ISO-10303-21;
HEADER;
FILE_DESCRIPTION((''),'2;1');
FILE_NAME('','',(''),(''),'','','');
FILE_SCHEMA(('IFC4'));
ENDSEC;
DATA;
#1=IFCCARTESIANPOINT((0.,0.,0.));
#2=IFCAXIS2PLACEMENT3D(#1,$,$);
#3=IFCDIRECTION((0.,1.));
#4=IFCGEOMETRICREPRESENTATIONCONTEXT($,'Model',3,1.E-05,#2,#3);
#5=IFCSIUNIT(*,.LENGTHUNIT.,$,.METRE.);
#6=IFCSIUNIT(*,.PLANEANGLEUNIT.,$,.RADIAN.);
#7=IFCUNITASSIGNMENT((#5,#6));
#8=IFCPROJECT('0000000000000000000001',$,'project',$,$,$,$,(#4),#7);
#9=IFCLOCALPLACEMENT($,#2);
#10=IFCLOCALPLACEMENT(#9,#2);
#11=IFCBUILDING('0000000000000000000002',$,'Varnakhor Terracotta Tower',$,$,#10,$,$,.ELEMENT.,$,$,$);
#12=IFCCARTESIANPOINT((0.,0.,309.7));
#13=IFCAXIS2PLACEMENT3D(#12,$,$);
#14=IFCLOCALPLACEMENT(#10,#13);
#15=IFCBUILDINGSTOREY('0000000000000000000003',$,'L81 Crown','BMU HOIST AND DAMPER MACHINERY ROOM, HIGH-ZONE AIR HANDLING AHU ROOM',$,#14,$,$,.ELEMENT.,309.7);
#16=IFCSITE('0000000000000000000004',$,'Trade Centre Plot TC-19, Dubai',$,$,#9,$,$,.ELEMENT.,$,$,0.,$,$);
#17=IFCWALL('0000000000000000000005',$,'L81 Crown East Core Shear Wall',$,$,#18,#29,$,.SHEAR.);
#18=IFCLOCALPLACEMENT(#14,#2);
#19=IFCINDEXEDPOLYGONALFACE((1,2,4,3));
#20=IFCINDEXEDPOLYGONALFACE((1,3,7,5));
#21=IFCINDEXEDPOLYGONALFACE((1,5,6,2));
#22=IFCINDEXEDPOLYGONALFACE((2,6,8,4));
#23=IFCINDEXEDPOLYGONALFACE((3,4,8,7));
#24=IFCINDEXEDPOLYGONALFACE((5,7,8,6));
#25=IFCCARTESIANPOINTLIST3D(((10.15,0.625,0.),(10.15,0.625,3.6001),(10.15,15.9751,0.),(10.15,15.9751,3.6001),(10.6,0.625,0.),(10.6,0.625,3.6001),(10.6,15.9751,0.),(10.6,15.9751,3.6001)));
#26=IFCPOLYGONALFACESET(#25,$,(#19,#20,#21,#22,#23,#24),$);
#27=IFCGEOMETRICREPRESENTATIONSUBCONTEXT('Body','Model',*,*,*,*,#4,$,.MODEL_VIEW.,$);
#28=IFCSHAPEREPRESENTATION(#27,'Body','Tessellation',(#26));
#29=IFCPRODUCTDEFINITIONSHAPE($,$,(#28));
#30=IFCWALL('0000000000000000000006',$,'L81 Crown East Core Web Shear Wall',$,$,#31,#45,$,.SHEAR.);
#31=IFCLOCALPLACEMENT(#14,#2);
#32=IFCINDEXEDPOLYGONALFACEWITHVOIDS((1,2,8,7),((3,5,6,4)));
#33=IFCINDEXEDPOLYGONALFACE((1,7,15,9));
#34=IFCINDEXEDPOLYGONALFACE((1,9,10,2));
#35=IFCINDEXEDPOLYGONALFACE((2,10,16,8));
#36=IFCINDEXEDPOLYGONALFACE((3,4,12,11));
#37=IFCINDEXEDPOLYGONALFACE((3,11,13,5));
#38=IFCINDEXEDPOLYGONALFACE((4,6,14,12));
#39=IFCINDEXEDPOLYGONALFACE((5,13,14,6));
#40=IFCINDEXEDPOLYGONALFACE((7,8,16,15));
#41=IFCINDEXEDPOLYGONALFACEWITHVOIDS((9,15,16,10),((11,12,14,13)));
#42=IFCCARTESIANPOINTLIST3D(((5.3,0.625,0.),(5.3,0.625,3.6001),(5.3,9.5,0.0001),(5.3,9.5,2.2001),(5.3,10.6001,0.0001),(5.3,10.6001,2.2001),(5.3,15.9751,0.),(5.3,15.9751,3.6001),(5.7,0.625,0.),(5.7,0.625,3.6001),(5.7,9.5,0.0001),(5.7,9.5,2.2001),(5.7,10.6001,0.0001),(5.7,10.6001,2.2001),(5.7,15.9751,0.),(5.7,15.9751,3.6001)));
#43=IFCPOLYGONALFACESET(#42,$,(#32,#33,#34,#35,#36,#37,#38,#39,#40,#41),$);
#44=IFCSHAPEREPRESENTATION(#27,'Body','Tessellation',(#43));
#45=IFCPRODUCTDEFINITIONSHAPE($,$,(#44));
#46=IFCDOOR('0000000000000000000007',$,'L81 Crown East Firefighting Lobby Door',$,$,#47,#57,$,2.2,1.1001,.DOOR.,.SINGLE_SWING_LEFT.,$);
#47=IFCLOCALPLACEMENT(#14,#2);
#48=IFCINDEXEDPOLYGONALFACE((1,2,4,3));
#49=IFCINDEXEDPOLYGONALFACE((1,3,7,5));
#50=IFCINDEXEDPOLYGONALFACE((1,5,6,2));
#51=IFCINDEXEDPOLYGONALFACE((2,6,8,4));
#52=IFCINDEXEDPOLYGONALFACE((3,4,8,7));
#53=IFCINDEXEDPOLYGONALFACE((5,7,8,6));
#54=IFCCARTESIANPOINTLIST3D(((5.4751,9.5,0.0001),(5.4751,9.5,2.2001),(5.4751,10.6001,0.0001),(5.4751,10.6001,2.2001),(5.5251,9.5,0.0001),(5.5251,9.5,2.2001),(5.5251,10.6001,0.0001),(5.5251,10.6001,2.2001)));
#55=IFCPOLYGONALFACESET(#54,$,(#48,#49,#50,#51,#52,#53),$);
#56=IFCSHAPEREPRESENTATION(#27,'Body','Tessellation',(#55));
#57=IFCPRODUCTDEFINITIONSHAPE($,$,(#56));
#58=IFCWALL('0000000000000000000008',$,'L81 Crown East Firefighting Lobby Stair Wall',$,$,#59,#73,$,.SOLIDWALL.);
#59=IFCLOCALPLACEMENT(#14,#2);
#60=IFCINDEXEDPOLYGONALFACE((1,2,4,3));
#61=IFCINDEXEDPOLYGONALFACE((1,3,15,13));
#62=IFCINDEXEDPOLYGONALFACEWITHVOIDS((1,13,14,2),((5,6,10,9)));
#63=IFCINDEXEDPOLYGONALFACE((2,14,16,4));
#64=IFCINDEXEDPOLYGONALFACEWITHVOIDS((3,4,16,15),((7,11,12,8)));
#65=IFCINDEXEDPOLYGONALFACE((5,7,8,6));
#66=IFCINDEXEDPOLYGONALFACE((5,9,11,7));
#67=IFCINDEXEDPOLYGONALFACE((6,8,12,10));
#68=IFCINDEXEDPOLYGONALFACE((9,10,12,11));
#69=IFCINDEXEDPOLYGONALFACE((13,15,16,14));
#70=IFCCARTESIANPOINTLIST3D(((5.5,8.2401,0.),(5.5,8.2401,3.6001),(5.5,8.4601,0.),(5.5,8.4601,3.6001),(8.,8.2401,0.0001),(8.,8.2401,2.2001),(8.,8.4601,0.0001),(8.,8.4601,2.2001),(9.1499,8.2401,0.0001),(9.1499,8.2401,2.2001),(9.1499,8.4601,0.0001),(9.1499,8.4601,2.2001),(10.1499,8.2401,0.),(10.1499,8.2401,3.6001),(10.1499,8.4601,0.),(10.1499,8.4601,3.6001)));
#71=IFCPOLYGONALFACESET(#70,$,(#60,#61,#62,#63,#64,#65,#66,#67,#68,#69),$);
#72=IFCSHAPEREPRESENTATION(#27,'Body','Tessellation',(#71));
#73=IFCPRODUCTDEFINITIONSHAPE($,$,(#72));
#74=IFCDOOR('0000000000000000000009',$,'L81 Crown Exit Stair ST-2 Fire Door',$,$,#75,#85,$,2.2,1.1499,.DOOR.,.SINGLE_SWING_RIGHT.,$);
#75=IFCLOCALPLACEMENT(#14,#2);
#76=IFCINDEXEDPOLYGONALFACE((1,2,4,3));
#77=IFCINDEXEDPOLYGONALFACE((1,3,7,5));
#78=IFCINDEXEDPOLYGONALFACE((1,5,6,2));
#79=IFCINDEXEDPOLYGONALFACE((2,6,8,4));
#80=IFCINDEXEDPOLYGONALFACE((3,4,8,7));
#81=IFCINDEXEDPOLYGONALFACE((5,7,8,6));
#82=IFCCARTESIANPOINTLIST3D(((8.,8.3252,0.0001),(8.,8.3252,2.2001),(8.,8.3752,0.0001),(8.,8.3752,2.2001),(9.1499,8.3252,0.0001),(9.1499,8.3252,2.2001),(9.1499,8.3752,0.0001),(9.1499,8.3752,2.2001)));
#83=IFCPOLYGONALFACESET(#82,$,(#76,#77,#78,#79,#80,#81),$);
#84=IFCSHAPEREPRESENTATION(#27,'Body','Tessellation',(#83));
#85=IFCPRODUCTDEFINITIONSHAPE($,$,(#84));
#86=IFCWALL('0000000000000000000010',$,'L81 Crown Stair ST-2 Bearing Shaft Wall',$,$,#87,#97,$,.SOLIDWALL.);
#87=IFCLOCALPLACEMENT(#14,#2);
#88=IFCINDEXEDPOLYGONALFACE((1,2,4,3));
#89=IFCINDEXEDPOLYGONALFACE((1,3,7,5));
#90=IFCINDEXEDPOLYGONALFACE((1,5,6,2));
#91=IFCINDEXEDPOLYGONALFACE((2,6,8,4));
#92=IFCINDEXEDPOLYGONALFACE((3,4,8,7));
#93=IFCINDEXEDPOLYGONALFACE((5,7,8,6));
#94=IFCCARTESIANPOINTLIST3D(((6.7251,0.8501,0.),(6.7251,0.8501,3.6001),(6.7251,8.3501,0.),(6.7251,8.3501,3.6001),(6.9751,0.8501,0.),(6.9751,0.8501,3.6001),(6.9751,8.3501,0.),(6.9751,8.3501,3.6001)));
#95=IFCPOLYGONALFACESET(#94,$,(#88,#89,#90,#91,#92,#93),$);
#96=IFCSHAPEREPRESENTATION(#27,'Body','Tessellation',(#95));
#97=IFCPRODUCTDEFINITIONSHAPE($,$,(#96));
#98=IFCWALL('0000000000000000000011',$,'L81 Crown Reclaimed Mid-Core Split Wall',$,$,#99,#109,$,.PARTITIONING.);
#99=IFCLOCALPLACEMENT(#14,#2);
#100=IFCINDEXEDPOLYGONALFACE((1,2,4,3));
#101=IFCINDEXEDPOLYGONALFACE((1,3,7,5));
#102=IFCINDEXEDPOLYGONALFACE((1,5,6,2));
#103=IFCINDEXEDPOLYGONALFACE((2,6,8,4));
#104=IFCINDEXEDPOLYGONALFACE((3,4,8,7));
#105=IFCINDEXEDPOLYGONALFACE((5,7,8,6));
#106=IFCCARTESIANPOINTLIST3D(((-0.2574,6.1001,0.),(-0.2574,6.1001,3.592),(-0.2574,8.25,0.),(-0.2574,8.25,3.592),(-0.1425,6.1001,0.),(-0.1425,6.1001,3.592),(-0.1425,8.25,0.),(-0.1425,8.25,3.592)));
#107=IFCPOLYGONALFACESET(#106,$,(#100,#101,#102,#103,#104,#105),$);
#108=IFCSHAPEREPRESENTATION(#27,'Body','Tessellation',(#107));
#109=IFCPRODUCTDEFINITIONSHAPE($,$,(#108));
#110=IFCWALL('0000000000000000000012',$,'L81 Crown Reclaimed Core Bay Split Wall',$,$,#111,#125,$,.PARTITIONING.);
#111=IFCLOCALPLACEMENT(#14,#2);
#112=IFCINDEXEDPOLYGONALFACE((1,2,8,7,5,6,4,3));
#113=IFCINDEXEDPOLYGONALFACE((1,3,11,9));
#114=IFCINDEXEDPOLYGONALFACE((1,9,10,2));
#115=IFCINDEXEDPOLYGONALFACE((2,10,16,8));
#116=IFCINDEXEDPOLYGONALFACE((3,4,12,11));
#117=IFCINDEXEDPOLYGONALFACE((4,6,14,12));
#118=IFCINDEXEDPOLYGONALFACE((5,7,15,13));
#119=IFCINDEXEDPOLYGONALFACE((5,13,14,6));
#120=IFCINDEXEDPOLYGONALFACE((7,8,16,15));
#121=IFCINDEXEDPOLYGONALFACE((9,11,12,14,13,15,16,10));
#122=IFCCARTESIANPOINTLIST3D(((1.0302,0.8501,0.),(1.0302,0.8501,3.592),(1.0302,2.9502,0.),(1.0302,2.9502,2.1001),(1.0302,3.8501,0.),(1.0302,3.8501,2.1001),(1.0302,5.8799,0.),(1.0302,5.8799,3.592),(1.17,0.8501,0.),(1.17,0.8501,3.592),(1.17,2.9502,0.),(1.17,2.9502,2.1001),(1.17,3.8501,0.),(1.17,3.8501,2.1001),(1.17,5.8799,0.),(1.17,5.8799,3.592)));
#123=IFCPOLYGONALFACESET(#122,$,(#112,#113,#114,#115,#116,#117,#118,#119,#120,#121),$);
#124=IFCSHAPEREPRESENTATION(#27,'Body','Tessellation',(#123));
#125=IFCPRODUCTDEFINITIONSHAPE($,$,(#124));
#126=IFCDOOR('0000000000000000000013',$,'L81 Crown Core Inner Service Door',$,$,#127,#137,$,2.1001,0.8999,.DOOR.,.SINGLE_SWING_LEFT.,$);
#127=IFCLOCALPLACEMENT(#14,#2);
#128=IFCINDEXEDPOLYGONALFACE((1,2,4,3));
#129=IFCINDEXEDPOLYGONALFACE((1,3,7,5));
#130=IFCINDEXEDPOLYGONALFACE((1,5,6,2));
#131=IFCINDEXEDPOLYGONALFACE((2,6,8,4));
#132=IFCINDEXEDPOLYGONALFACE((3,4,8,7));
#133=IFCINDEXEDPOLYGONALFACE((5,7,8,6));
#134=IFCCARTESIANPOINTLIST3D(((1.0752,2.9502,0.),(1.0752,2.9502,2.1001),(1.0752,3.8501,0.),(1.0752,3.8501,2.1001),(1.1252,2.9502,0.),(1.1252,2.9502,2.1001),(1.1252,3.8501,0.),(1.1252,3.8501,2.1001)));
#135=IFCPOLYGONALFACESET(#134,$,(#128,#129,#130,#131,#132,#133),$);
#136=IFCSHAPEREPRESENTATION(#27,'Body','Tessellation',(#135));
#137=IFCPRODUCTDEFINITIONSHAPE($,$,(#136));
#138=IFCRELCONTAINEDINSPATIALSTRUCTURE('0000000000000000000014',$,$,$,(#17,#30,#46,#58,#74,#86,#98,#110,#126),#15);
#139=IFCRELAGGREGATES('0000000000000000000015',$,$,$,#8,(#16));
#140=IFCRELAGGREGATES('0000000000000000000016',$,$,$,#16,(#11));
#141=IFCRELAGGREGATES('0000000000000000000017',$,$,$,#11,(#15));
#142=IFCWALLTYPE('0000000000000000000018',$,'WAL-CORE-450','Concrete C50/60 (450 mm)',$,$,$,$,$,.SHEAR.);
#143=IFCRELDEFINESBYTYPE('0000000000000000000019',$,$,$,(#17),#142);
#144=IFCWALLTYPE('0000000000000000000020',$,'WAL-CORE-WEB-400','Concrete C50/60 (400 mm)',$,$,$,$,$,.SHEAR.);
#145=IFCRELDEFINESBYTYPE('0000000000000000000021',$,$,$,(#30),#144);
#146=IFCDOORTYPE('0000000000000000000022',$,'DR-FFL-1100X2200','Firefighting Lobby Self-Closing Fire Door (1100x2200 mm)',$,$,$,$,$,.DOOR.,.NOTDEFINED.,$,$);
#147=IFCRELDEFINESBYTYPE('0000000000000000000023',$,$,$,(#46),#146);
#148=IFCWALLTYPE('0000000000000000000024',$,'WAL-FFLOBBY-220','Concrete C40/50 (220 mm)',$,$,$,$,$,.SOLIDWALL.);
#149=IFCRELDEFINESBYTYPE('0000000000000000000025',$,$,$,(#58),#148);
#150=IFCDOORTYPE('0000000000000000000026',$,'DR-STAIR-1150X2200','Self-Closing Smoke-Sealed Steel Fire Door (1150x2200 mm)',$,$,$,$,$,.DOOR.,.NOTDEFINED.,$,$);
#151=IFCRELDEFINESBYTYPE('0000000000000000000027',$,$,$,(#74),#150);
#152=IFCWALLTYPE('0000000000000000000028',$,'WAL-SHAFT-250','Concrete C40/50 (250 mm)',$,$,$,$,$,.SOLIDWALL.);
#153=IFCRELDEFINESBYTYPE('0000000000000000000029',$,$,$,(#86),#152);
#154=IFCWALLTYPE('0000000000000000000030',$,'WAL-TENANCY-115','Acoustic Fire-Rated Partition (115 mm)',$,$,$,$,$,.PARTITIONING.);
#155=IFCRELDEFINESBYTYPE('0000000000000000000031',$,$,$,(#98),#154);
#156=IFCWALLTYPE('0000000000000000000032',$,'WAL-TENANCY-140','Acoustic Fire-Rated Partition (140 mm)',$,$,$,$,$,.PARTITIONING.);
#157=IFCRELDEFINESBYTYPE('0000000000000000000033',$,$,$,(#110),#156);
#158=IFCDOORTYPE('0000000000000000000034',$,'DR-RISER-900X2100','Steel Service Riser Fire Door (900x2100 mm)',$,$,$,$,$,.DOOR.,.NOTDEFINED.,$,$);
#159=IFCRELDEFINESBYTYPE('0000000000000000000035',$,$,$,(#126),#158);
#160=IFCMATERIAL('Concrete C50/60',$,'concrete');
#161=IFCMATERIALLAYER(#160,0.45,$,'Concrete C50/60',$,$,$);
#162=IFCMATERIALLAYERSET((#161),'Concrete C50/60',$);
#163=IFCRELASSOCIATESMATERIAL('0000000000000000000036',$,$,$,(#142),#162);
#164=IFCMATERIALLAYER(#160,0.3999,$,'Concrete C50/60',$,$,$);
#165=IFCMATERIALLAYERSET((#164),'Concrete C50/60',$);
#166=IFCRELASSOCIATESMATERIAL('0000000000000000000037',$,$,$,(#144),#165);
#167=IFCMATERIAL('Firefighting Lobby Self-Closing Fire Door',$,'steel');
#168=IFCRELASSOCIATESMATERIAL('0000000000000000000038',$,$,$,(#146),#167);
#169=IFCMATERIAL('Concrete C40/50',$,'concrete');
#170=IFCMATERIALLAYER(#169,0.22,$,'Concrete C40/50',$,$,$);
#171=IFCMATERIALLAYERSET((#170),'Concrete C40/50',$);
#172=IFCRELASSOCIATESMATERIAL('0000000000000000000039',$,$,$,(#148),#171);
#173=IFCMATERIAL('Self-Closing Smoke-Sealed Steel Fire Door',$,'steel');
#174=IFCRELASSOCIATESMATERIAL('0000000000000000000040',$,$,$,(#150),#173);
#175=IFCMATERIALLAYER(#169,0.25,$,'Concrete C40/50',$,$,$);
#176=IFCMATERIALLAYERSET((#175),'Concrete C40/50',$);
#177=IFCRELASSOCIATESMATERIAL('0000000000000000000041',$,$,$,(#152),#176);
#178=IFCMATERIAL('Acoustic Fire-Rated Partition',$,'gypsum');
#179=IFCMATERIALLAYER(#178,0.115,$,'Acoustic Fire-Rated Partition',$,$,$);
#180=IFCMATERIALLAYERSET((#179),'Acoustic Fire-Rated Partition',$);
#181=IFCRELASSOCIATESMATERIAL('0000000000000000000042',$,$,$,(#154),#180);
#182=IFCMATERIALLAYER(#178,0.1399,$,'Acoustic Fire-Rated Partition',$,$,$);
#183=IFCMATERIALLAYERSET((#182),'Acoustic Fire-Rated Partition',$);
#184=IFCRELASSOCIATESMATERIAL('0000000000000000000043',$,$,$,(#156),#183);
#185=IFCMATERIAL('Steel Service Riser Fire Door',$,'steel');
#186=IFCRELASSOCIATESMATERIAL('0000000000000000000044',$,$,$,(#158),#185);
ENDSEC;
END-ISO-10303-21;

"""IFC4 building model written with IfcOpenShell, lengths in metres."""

from ifc_helpers import new_model, si_unit, direction, frame, frame_2d, origin, place, context, subcontext, project, spatial, rectangle, extrude, source, transform, mapped, material, layer, layer_set, type_object, type_shapes, element, fill, save


model = new_model("IFC4")

# Units and contexts
model_context = context("Model", 3, precision=1e-05, world=origin(), true_north=direction((0.0, 1.0)))
body_context = subcontext(model_context, "Body", "Model", "MODEL_VIEW")
ifc_project = project(units=[si_unit("LENGTHUNIT", "METRE"), si_unit("PLANEANGLEUNIT", "RADIAN")], contexts=[model_context])

# Site, building, storey
site_placement = place(None, origin())
site = spatial("IfcSite", under=ifc_project, at=site_placement, Name="Trade Centre Plot TC-19, Dubai", CompositionType="ELEMENT", RefElevation=0.0)
building_placement = place(site_placement, origin())
building = spatial("IfcBuilding", under=site, at=building_placement, Name="Varnakhor Terracotta Tower", CompositionType="ELEMENT")
storey_placement = place(building_placement, frame((0.0, 0.0, 309.7)))
storey = spatial("IfcBuildingStorey", under=building, at=storey_placement, Name="L81 Crown", Description="BMU HOIST AND DAMPER MACHINERY ROOM, HIGH-ZONE AIR HANDLING AHU ROOM", CompositionType="ELEMENT", Elevation=309.7)

# Shared definitions
ifc_material_1 = material(Name="Concrete C50/60", Category="concrete")

# Shared definitions
ifc_material_2 = material(Name="Concrete C40/50", Category="concrete")

# Wall
ifc_layer_1 = layer(ifc_material_1, 0.45, Name="Concrete C50/60")
ifc_layer_set_1 = layer_set([ifc_layer_1], Name="Concrete C50/60")
wall_type_1 = type_object("IfcWallType", Name="WAL-CORE-450", Description="Concrete C50/60 (450 mm)", PredefinedType="SHEAR", material=ifc_layer_set_1)
wall_1_placement = place(storey_placement, frame((10.375, 0.625, 0.0), z_axis=(0.0, 0.0, 1.0), x_axis=(0.0, 1.0, 0.0)))
element("IfcWall", 1, at=wall_1_placement, inside=storey, type_object=wall_type_1, Name="L81 Crown East Core Shear Wall", PredefinedType="SHEAR", context=body_context, shape_type="SweptSolid", body=[
    extrude(rectangle(XDim=15.3501, YDim=0.45, at=frame_2d((7.675, 0.0))), origin(), (0.0, 0.0, 1.0), 3.6001),
])

# Walls, openings, doors
ifc_layer_2 = layer(ifc_material_1, 0.3999, Name="Concrete C50/60")
ifc_layer_set_2 = layer_set([ifc_layer_2], Name="Concrete C50/60")
wall_type_2 = type_object("IfcWallType", Name="WAL-CORE-WEB-400", Description="Concrete C50/60 (400 mm)", PredefinedType="SHEAR", material=ifc_layer_set_2)
wall_2_placement = place(storey_placement, frame((5.5, 0.625, 0.0), z_axis=(0.0, 0.0, 1.0), x_axis=(0.0, 1.0, 0.0)))
wall_2 = element("IfcWall", 2, at=wall_2_placement, inside=storey, type_object=wall_type_2, Name="L81 Crown East Core Web Shear Wall", PredefinedType="SHEAR", context=body_context, shape_type="SweptSolid", body=[
    extrude(rectangle(XDim=15.3501, YDim=0.3999, at=frame_2d((7.675, 0.0))), origin(), (0.0, 0.0, 1.0), 3.6001),
])
opening_1_placement = place(wall_2_placement, frame((8.875, 0.0, 0.0)))
opening_1 = element("IfcOpeningElement", 3, at=opening_1_placement, cuts=wall_2, PredefinedType="OPENING", context=body_context, shape_type="SweptSolid", body=[
    extrude(rectangle(XDim=1.1001, YDim=2.2, at=frame_2d((0.55, 1.1001))), frame((0.0, 0.21, 0.0), z_axis=(0.0, -1.0, 0.0), x_axis=(1.0, 0.0, 0.0)), (0.0, 0.0, 1.0), 0.4199),
])
ifc_material_3 = material(Name="Firefighting Lobby Self-Closing Fire Door", Category="steel")
door_type_1 = type_object("IfcDoorType", Name="DR-FFL-1100X2200", Description="Firefighting Lobby Self-Closing Fire Door (1100x2200 mm)", OperationType="NOTDEFINED", PredefinedType="DOOR", material=ifc_material_3)
shared_shape_1 = source(origin(), body_context, "Body", "SweptSolid", [
    extrude(rectangle(XDim=1.1001, YDim=2.2, at=frame_2d((0.55, 1.1001))), frame((0.0, 0.0249, 0.0), z_axis=(0.0, -1.0, 0.0), x_axis=(1.0, 0.0, 0.0)), (0.0, 0.0, 1.0), 0.05),
])
type_shapes(door_type_1, [shared_shape_1])
door_1_placement = place(opening_1_placement, origin())
door_1 = element("IfcDoor", 4, at=door_1_placement, inside=storey, type_object=door_type_1, Name="L81 Crown East Firefighting Lobby Door", OperationType="SINGLE_SWING_LEFT", OverallHeight=2.2, OverallWidth=1.1001, PredefinedType="DOOR", context=body_context, shape_type="MappedRepresentation", body=[
    mapped(shared_shape_1, transform((0.0, 0.0, 0.0), scale=1.0)),
])
fill(opening_1, door_1)
ifc_layer_3 = layer(ifc_material_2, 0.22, Name="Concrete C40/50")
ifc_layer_set_3 = layer_set([ifc_layer_3], Name="Concrete C40/50")
wall_type_3 = type_object("IfcWallType", Name="WAL-FFLOBBY-220", Description="Concrete C40/50 (220 mm)", PredefinedType="SOLIDWALL", material=ifc_layer_set_3)
wall_3_placement = place(storey_placement, frame((10.1499, 8.3501, 0.0), z_axis=(0.0, 0.0, 1.0), x_axis=(-1.0, 0.0, 0.0)))
wall_3 = element("IfcWall", 5, at=wall_3_placement, inside=storey, type_object=wall_type_3, Name="L81 Crown East Firefighting Lobby Stair Wall", PredefinedType="SOLIDWALL", context=body_context, shape_type="SweptSolid", body=[
    extrude(rectangle(XDim=4.6499, YDim=0.22, at=frame_2d((2.325, 0.0))), origin(), (0.0, 0.0, 1.0), 3.6001),
])
opening_2_placement = place(wall_3_placement, frame((1.0, 0.0, 0.0)))
opening_2 = element("IfcOpeningElement", 6, at=opening_2_placement, cuts=wall_3, PredefinedType="OPENING", context=body_context, shape_type="SweptSolid", body=[
    extrude(rectangle(XDim=1.1499, YDim=2.2, at=frame_2d((0.575, 1.1001))), frame((0.0, 0.1201, 0.0), z_axis=(0.0, -1.0, 0.0), x_axis=(1.0, 0.0, 0.0)), (0.0, 0.0, 1.0), 0.24),
])
ifc_material_4 = material(Name="Self-Closing Smoke-Sealed Steel Fire Door", Category="steel")
door_type_2 = type_object("IfcDoorType", Name="DR-STAIR-1150X2200", Description="Self-Closing Smoke-Sealed Steel Fire Door (1150x2200 mm)", OperationType="NOTDEFINED", PredefinedType="DOOR", material=ifc_material_4)
shared_shape_2 = source(origin(), body_context, "Body", "SweptSolid", [
    extrude(rectangle(XDim=1.1499, YDim=2.2, at=frame_2d((0.575, 1.1001))), frame((0.0, 0.0249, 0.0), z_axis=(0.0, -1.0, 0.0), x_axis=(1.0, 0.0, 0.0)), (0.0, 0.0, 1.0), 0.05),
])
type_shapes(door_type_2, [shared_shape_2])
door_2_placement = place(opening_2_placement, origin())
door_2 = element("IfcDoor", 7, at=door_2_placement, inside=storey, type_object=door_type_2, Name="L81 Crown Exit Stair ST-2 Fire Door", OperationType="SINGLE_SWING_RIGHT", OverallHeight=2.2, OverallWidth=1.1499, PredefinedType="DOOR", context=body_context, shape_type="MappedRepresentation", body=[
    mapped(shared_shape_2, transform((0.0, 0.0, 0.0), scale=1.0)),
])
fill(opening_2, door_2)

# Walls
ifc_layer_4 = layer(ifc_material_2, 0.25, Name="Concrete C40/50")
ifc_layer_set_4 = layer_set([ifc_layer_4], Name="Concrete C40/50")
wall_type_4 = type_object("IfcWallType", Name="WAL-SHAFT-250", Description="Concrete C40/50 (250 mm)", PredefinedType="SOLIDWALL", material=ifc_layer_set_4)
wall_4_placement = place(storey_placement, frame((6.8501, 0.8501, 0.0), z_axis=(0.0, 0.0, 1.0), x_axis=(0.0, 1.0, 0.0)))
element("IfcWall", 8, at=wall_4_placement, inside=storey, type_object=wall_type_4, Name="L81 Crown Stair ST-2 Bearing Shaft Wall", PredefinedType="SOLIDWALL", context=body_context, shape_type="SweptSolid", body=[
    extrude(rectangle(XDim=7.5, YDim=0.25, at=frame_2d((3.75, 0.0))), origin(), (0.0, 0.0, 1.0), 3.6001),
])
ifc_material_5 = material(Name="Acoustic Fire-Rated Partition", Category="gypsum")
ifc_layer_5 = layer(ifc_material_5, 0.115, Name="Acoustic Fire-Rated Partition")
ifc_layer_set_5 = layer_set([ifc_layer_5], Name="Acoustic Fire-Rated Partition")
wall_type_5 = type_object("IfcWallType", Name="WAL-TENANCY-115", Description="Acoustic Fire-Rated Partition (115 mm)", PredefinedType="PARTITIONING", material=ifc_layer_set_5)
wall_5_placement = place(storey_placement, frame((-0.2, 6.1001, 0.0), z_axis=(0.0, 0.0, 1.0), x_axis=(0.0, 1.0, 0.0)))
element("IfcWall", 9, at=wall_5_placement, inside=storey, type_object=wall_type_5, Name="L81 Crown Reclaimed Mid-Core Split Wall", PredefinedType="PARTITIONING", context=body_context, shape_type="SweptSolid", body=[
    extrude(rectangle(XDim=2.1499, YDim=0.115, at=frame_2d((1.075, 0.0))), origin(), (0.0, 0.0, 1.0), 3.592),
])

# Wall, opening, door
ifc_layer_6 = layer(ifc_material_5, 0.1399, Name="Acoustic Fire-Rated Partition")
ifc_layer_set_6 = layer_set([ifc_layer_6], Name="Acoustic Fire-Rated Partition")
wall_type_6 = type_object("IfcWallType", Name="WAL-TENANCY-140", Description="Acoustic Fire-Rated Partition (140 mm)", PredefinedType="PARTITIONING", material=ifc_layer_set_6)
wall_6_placement = place(storey_placement, frame((1.1001, 0.8501, 0.0), z_axis=(0.0, 0.0, 1.0), x_axis=(0.0, 1.0, 0.0)))
wall_6 = element("IfcWall", 10, at=wall_6_placement, inside=storey, type_object=wall_type_6, Name="L81 Crown Reclaimed Core Bay Split Wall", PredefinedType="PARTITIONING", context=body_context, shape_type="SweptSolid", body=[
    extrude(rectangle(XDim=5.0298, YDim=0.1399, at=frame_2d((2.5149, 0.0))), origin(), (0.0, 0.0, 1.0), 3.592),
])
opening_3_placement = place(wall_6_placement, frame((2.1001, 0.0, 0.0)))
opening_3 = element("IfcOpeningElement", 11, at=opening_3_placement, cuts=wall_6, PredefinedType="OPENING", context=body_context, shape_type="SweptSolid", body=[
    extrude(rectangle(XDim=0.8999, YDim=2.1001, at=frame_2d((0.45, 1.05))), frame((0.0, 0.0801, 0.0), z_axis=(0.0, -1.0, 0.0), x_axis=(1.0, 0.0, 0.0)), (0.0, 0.0, 1.0), 0.1599),
])
ifc_material_6 = material(Name="Steel Service Riser Fire Door", Category="steel")
door_type_3 = type_object("IfcDoorType", Name="DR-RISER-900X2100", Description="Steel Service Riser Fire Door (900x2100 mm)", OperationType="NOTDEFINED", PredefinedType="DOOR", material=ifc_material_6)
shared_shape_3 = source(origin(), body_context, "Body", "SweptSolid", [
    extrude(rectangle(XDim=0.8999, YDim=2.1001, at=frame_2d((0.45, 1.05))), frame((0.0, 0.0249, 0.0), z_axis=(0.0, -1.0, 0.0), x_axis=(1.0, 0.0, 0.0)), (0.0, 0.0, 1.0), 0.05),
])
type_shapes(door_type_3, [shared_shape_3])
door_3_placement = place(opening_3_placement, origin())
door_3 = element("IfcDoor", 12, at=door_3_placement, inside=storey, type_object=door_type_3, Name="L81 Crown Core Inner Service Door", OperationType="SINGLE_SWING_LEFT", OverallHeight=2.1001, OverallWidth=0.8999, PredefinedType="DOOR", context=body_context, shape_type="MappedRepresentation", body=[
    mapped(shared_shape_3, transform((0.0, 0.0, 0.0), scale=1.0)),
])
fill(opening_3, door_3)

save(model, "model.ifc")
